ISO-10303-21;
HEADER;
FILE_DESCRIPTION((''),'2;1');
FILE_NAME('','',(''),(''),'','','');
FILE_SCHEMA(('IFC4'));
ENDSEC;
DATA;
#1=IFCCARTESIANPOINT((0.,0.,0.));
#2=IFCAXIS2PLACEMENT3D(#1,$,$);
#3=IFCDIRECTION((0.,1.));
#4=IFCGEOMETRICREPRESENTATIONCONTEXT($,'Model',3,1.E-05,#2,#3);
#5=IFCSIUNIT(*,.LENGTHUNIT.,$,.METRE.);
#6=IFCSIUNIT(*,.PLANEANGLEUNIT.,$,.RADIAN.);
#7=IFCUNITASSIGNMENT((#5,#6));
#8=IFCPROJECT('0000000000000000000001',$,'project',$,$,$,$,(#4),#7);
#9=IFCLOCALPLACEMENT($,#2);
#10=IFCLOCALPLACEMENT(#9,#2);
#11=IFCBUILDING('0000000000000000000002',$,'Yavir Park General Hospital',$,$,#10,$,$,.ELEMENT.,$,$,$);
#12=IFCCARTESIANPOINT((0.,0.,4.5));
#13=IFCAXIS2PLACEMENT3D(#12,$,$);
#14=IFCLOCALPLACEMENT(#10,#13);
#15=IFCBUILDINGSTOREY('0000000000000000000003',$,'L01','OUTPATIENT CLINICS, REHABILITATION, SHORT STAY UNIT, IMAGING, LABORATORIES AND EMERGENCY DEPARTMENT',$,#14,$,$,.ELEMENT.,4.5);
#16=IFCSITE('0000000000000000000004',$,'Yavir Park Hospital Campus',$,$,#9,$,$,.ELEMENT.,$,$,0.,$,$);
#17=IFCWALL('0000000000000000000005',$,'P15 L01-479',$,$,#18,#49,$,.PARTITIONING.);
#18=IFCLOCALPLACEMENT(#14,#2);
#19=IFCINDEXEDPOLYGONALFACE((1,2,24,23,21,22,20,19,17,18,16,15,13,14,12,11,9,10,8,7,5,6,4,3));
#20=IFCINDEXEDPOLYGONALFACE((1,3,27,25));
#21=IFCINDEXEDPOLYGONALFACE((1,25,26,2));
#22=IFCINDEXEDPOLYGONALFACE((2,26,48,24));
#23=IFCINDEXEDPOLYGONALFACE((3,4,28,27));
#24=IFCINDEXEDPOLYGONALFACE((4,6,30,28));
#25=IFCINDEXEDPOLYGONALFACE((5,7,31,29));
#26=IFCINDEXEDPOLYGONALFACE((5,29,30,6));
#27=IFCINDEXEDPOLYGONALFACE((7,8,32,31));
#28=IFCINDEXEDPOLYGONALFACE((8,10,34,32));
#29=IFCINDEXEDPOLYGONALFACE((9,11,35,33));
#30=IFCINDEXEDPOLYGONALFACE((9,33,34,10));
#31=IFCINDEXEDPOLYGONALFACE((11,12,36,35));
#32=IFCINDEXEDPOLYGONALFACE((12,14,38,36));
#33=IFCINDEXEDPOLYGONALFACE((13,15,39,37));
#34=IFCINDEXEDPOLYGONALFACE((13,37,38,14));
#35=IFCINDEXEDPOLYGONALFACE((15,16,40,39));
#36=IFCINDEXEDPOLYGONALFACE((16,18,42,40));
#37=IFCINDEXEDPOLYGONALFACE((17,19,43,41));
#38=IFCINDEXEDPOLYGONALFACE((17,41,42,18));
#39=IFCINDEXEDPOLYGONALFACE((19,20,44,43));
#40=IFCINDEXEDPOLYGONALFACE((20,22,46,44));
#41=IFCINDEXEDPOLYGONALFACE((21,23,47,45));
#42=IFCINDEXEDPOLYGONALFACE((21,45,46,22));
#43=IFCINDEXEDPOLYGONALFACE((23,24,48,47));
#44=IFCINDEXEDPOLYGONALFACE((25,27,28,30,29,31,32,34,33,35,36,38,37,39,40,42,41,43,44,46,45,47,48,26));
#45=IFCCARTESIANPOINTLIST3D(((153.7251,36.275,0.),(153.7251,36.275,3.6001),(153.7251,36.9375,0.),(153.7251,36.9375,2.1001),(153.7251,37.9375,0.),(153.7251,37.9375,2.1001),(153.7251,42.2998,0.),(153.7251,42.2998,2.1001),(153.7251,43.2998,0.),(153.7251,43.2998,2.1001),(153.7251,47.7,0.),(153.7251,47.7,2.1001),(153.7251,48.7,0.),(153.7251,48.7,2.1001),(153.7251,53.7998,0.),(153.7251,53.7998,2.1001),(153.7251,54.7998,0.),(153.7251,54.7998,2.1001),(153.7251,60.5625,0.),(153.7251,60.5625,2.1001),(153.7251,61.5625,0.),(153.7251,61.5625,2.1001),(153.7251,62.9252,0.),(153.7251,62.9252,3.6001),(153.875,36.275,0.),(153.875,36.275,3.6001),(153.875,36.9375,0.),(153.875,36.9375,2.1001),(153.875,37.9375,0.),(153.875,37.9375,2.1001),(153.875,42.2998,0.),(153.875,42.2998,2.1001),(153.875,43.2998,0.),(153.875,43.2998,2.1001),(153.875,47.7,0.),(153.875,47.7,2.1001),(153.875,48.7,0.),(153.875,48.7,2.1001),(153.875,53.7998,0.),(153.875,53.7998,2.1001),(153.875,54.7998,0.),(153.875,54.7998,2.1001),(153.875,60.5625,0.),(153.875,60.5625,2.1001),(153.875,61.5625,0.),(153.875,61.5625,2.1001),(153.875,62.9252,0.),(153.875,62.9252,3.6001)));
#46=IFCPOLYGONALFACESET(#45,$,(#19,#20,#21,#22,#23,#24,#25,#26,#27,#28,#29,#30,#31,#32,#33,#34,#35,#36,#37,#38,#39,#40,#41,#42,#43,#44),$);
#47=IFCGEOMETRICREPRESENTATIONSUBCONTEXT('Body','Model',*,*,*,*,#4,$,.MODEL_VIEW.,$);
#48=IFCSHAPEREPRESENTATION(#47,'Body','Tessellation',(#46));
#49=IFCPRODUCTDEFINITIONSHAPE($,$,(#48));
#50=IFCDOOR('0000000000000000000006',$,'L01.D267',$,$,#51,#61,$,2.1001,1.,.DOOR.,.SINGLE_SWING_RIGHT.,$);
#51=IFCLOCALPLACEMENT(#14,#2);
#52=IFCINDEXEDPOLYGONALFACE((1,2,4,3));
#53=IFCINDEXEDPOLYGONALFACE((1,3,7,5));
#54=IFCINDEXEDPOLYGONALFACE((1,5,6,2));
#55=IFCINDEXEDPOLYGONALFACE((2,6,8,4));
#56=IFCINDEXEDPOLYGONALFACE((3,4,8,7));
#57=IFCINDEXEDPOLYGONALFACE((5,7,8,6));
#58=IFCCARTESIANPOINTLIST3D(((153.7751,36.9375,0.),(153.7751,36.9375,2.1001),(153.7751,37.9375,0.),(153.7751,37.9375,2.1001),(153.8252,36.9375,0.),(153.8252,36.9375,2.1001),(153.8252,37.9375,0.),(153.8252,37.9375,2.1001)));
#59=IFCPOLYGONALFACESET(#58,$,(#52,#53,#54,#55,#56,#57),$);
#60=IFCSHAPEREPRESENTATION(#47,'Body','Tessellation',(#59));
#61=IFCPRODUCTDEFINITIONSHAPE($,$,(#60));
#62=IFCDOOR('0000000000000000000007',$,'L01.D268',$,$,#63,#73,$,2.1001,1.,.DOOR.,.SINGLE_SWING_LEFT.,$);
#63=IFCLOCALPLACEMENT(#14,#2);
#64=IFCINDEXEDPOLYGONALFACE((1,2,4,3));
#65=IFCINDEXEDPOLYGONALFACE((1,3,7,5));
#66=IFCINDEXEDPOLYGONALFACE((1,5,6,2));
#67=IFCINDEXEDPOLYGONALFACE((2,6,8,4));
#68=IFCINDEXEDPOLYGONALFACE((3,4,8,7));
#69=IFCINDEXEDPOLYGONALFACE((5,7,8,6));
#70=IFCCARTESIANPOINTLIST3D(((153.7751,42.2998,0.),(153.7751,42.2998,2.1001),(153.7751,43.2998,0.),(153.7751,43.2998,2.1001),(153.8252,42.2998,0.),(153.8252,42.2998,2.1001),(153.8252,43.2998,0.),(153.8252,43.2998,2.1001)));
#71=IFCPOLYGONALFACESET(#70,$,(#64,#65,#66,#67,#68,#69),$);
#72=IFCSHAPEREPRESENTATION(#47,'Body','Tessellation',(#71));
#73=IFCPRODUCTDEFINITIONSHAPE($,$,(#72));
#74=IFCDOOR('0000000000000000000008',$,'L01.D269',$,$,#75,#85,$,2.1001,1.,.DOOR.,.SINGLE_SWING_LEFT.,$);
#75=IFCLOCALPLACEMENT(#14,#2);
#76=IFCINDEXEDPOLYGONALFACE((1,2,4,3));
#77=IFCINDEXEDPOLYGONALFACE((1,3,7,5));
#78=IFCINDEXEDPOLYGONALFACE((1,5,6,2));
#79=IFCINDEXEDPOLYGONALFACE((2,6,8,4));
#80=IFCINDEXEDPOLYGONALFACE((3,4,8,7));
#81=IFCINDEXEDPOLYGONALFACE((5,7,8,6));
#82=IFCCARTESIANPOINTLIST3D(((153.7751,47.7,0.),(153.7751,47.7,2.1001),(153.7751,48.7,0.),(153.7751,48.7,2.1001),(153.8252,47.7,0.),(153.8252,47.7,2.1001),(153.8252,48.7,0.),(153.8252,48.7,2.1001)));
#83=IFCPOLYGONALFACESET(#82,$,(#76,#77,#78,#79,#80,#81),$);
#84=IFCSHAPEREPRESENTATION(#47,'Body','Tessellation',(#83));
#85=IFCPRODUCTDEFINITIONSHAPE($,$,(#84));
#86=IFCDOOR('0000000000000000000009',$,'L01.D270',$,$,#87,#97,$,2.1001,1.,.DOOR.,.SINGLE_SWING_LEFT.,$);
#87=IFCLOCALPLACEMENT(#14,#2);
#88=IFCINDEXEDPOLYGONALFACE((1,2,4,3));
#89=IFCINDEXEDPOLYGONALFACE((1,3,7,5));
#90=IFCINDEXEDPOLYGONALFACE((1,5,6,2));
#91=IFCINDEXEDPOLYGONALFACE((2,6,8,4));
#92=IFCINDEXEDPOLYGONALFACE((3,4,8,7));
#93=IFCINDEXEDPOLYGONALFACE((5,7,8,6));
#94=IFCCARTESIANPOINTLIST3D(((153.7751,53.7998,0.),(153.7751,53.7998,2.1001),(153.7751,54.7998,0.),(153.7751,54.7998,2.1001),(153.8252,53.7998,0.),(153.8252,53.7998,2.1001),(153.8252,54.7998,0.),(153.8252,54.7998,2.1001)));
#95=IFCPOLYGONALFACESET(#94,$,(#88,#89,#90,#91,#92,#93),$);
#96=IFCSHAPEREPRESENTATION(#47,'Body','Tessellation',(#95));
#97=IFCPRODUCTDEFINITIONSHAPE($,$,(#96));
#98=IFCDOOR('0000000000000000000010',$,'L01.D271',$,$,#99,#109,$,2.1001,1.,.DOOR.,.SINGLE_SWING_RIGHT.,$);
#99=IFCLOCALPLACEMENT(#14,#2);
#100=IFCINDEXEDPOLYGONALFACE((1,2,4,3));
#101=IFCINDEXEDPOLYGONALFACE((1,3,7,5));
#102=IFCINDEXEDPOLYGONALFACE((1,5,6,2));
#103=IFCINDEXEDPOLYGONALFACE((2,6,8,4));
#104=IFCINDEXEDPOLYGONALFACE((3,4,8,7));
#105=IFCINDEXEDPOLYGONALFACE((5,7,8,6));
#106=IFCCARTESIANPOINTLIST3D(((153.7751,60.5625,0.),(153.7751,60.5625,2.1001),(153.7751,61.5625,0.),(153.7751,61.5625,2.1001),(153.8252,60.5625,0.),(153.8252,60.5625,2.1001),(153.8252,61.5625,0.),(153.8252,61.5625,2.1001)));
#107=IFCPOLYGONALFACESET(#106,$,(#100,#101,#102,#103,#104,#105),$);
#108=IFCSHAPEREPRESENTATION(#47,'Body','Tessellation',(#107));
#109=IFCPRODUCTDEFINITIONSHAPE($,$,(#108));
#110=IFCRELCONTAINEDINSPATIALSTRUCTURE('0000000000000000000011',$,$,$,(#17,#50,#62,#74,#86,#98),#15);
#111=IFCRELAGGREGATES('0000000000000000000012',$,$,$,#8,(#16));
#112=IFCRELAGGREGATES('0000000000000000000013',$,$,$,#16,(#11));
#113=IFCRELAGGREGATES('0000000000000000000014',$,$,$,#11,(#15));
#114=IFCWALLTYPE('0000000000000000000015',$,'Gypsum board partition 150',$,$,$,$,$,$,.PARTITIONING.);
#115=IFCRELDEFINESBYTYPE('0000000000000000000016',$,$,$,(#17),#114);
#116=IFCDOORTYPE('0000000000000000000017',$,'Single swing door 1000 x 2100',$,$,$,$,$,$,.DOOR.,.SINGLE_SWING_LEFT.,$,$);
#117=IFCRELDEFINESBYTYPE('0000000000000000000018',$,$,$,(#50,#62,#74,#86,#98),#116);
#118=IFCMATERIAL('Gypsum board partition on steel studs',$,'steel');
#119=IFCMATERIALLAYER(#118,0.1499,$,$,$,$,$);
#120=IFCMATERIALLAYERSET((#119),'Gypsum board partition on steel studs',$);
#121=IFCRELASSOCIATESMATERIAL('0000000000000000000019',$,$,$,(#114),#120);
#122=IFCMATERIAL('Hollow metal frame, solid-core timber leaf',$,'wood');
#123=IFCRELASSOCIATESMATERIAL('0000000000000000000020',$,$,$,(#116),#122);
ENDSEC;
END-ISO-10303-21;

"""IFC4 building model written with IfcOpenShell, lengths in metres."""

from ifc_helpers import new_model, si_unit, direction, frame, frame_2d, origin, place, context, subcontext, project, spatial, rectangle, extrude, material, layer, layer_set, type_object, element, fill, save


model = new_model("IFC4")

# Units and contexts
model_context = context("Model", 3, precision=1e-05, world=origin(), true_north=direction((0.0, 1.0)))
body_context = subcontext(model_context, "Body", "Model", "MODEL_VIEW")
ifc_project = project(units=[si_unit("LENGTHUNIT", "METRE"), si_unit("PLANEANGLEUNIT", "RADIAN")], contexts=[model_context])

# Site, building, storey
site_placement = place(None, origin())
site = spatial("IfcSite", under=ifc_project, at=site_placement, Name="Yavir Park Hospital Campus", CompositionType="ELEMENT", RefElevation=0.0)
building_placement = place(site_placement, origin())
building = spatial("IfcBuilding", under=site, at=building_placement, Name="Yavir Park General Hospital", CompositionType="ELEMENT")
storey_placement = place(building_placement, frame((0.0, 0.0, 4.5)))
storey = spatial("IfcBuildingStorey", under=building, at=storey_placement, Name="L01", Description="OUTPATIENT CLINICS, REHABILITATION, SHORT STAY UNIT, IMAGING, LABORATORIES AND EMERGENCY DEPARTMENT", CompositionType="ELEMENT", Elevation=4.5)

# Shared definitions
ifc_material_1 = material(Name="Gypsum board partition on steel studs", Category="steel")
ifc_layer_1 = layer(ifc_material_1, 0.1499)
ifc_layer_set_1 = layer_set([ifc_layer_1], Name="Gypsum board partition on steel studs")
wall_type_1 = type_object("IfcWallType", Name="Gypsum board partition 150", PredefinedType="PARTITIONING", material=ifc_layer_set_1)

# Wall, openings, doors
wall_1_placement = place(storey_placement, frame((153.8, 36.2749, 0.0), z_axis=(0.0, 0.0, 1.0), x_axis=(0.0, 1.0, 0.0)))
wall_1 = element("IfcWall", 1, at=wall_1_placement, inside=storey, type_object=wall_type_1, Name="P15 L01-479", PredefinedType="PARTITIONING", context=body_context, shape_type="SweptSolid", body=[
    extrude(rectangle(XDim=26.6501, YDim=0.1499, at=frame_2d((13.3252, 0.0))), origin(), (0.0, 0.0, 1.0), 3.6001),
])
opening_1_placement = place(wall_1_placement, frame((0.6626, 0.0, 0.0)))
opening_1 = element("IfcOpeningElement", 2, at=opening_1_placement, cuts=wall_1, PredefinedType="OPENING", context=body_context, shape_type="SweptSolid", body=[
    extrude(rectangle(XDim=1.0, YDim=2.1001, at=frame_2d((0.5, 1.05))), frame((0.0, 0.085, 0.0), z_axis=(0.0, -1.0, 0.0), x_axis=(1.0, 0.0, 0.0)), (0.0, 0.0, 1.0), 0.1699),
])
opening_2_placement = place(wall_1_placement, frame((6.0249, 0.0, 0.0)))
opening_2 = element("IfcOpeningElement", 3, at=opening_2_placement, cuts=wall_1, PredefinedType="OPENING", context=body_context, shape_type="SweptSolid", body=[
    extrude(rectangle(XDim=1.0, YDim=2.1001, at=frame_2d((0.5, 1.05))), frame((0.0, 0.085, 0.0), z_axis=(0.0, -1.0, 0.0), x_axis=(1.0, 0.0, 0.0)), (0.0, 0.0, 1.0), 0.1699),
])
opening_3_placement = place(wall_1_placement, frame((11.425, 0.0, 0.0)))
opening_3 = element("IfcOpeningElement", 4, at=opening_3_placement, cuts=wall_1, PredefinedType="OPENING", context=body_context, shape_type="SweptSolid", body=[
    extrude(rectangle(XDim=1.0, YDim=2.1001, at=frame_2d((0.5, 1.05))), frame((0.0, 0.085, 0.0), z_axis=(0.0, -1.0, 0.0), x_axis=(1.0, 0.0, 0.0)), (0.0, 0.0, 1.0), 0.1699),
])
opening_4_placement = place(wall_1_placement, frame((17.5249, 0.0, 0.0)))
opening_4 = element("IfcOpeningElement", 5, at=opening_4_placement, cuts=wall_1, PredefinedType="OPENING", context=body_context, shape_type="SweptSolid", body=[
    extrude(rectangle(XDim=1.0, YDim=2.1001, at=frame_2d((0.5, 1.05))), frame((0.0, 0.085, 0.0), z_axis=(0.0, -1.0, 0.0), x_axis=(1.0, 0.0, 0.0)), (0.0, 0.0, 1.0), 0.1699),
])
opening_5_placement = place(wall_1_placement, frame((24.2876, 0.0, 0.0)))
opening_5 = element("IfcOpeningElement", 6, at=opening_5_placement, cuts=wall_1, PredefinedType="OPENING", context=body_context, shape_type="SweptSolid", body=[
    extrude(rectangle(XDim=1.0, YDim=2.1001, at=frame_2d((0.5, 1.05))), frame((0.0, 0.085, 0.0), z_axis=(0.0, -1.0, 0.0), x_axis=(1.0, 0.0, 0.0)), (0.0, 0.0, 1.0), 0.1699),
])
ifc_material_2 = material(Name="Hollow metal frame, solid-core timber leaf", Category="wood")
door_type = type_object("IfcDoorType", Name="Single swing door 1000 x 2100", OperationType="SINGLE_SWING_LEFT", PredefinedType="DOOR", material=ifc_material_2)
door_1_placement = place(opening_1_placement, origin())
door_1 = element("IfcDoor", 7, at=door_1_placement, inside=storey, type_object=door_type, Name="L01.D267", OperationType="SINGLE_SWING_RIGHT", OverallHeight=2.1001, OverallWidth=1.0, PredefinedType="DOOR", context=body_context, shape_type="SweptSolid", body=[
    extrude(rectangle(XDim=1.0, YDim=2.1001, at=frame_2d((0.5, 1.05))), frame((0.0, 0.0249, 0.0), z_axis=(0.0, -1.0, 0.0), x_axis=(1.0, 0.0, 0.0)), (0.0, 0.0, 1.0), 0.05),
])
fill(opening_1, door_1)
door_2_placement = place(opening_2_placement, origin())
door_2 = element("IfcDoor", 8, at=door_2_placement, inside=storey, type_object=door_type, Name="L01.D268", OperationType="SINGLE_SWING_LEFT", OverallHeight=2.1001, OverallWidth=1.0, PredefinedType="DOOR", context=body_context, shape_type="SweptSolid", body=[
    extrude(rectangle(XDim=1.0, YDim=2.1001, at=frame_2d((0.5, 1.05))), frame((0.0, 0.0249, 0.0), z_axis=(0.0, -1.0, 0.0), x_axis=(1.0, 0.0, 0.0)), (0.0, 0.0, 1.0), 0.05),
])
fill(opening_2, door_2)
door_3_placement = place(opening_3_placement, origin())
door_3 = element("IfcDoor", 9, at=door_3_placement, inside=storey, type_object=door_type, Name="L01.D269", OperationType="SINGLE_SWING_LEFT", OverallHeight=2.1001, OverallWidth=1.0, PredefinedType="DOOR", context=body_context, shape_type="SweptSolid", body=[
    extrude(rectangle(XDim=1.0, YDim=2.1001, at=frame_2d((0.5, 1.05))), frame((0.0, 0.0249, 0.0), z_axis=(0.0, -1.0, 0.0), x_axis=(1.0, 0.0, 0.0)), (0.0, 0.0, 1.0), 0.05),
])
fill(opening_3, door_3)
door_4_placement = place(opening_4_placement, origin())
door_4 = element("IfcDoor", 10, at=door_4_placement, inside=storey, type_object=door_type, Name="L01.D270", OperationType="SINGLE_SWING_LEFT", OverallHeight=2.1001, OverallWidth=1.0, PredefinedType="DOOR", context=body_context, shape_type="SweptSolid", body=[
    extrude(rectangle(XDim=1.0, YDim=2.1001, at=frame_2d((0.5, 1.05))), frame((0.0, 0.0249, 0.0), z_axis=(0.0, -1.0, 0.0), x_axis=(1.0, 0.0, 0.0)), (0.0, 0.0, 1.0), 0.05),
])
fill(opening_4, door_4)
door_5_placement = place(opening_5_placement, origin())
door_5 = element("IfcDoor", 11, at=door_5_placement, inside=storey, type_object=door_type, Name="L01.D271", OperationType="SINGLE_SWING_RIGHT", OverallHeight=2.1001, OverallWidth=1.0, PredefinedType="DOOR", context=body_context, shape_type="SweptSolid", body=[
    extrude(rectangle(XDim=1.0, YDim=2.1001, at=frame_2d((0.5, 1.05))), frame((0.0, 0.0249, 0.0), z_axis=(0.0, -1.0, 0.0), x_axis=(1.0, 0.0, 0.0)), (0.0, 0.0, 1.0), 0.05),
])
fill(opening_5, door_5)

save(model, "model.ifc")
